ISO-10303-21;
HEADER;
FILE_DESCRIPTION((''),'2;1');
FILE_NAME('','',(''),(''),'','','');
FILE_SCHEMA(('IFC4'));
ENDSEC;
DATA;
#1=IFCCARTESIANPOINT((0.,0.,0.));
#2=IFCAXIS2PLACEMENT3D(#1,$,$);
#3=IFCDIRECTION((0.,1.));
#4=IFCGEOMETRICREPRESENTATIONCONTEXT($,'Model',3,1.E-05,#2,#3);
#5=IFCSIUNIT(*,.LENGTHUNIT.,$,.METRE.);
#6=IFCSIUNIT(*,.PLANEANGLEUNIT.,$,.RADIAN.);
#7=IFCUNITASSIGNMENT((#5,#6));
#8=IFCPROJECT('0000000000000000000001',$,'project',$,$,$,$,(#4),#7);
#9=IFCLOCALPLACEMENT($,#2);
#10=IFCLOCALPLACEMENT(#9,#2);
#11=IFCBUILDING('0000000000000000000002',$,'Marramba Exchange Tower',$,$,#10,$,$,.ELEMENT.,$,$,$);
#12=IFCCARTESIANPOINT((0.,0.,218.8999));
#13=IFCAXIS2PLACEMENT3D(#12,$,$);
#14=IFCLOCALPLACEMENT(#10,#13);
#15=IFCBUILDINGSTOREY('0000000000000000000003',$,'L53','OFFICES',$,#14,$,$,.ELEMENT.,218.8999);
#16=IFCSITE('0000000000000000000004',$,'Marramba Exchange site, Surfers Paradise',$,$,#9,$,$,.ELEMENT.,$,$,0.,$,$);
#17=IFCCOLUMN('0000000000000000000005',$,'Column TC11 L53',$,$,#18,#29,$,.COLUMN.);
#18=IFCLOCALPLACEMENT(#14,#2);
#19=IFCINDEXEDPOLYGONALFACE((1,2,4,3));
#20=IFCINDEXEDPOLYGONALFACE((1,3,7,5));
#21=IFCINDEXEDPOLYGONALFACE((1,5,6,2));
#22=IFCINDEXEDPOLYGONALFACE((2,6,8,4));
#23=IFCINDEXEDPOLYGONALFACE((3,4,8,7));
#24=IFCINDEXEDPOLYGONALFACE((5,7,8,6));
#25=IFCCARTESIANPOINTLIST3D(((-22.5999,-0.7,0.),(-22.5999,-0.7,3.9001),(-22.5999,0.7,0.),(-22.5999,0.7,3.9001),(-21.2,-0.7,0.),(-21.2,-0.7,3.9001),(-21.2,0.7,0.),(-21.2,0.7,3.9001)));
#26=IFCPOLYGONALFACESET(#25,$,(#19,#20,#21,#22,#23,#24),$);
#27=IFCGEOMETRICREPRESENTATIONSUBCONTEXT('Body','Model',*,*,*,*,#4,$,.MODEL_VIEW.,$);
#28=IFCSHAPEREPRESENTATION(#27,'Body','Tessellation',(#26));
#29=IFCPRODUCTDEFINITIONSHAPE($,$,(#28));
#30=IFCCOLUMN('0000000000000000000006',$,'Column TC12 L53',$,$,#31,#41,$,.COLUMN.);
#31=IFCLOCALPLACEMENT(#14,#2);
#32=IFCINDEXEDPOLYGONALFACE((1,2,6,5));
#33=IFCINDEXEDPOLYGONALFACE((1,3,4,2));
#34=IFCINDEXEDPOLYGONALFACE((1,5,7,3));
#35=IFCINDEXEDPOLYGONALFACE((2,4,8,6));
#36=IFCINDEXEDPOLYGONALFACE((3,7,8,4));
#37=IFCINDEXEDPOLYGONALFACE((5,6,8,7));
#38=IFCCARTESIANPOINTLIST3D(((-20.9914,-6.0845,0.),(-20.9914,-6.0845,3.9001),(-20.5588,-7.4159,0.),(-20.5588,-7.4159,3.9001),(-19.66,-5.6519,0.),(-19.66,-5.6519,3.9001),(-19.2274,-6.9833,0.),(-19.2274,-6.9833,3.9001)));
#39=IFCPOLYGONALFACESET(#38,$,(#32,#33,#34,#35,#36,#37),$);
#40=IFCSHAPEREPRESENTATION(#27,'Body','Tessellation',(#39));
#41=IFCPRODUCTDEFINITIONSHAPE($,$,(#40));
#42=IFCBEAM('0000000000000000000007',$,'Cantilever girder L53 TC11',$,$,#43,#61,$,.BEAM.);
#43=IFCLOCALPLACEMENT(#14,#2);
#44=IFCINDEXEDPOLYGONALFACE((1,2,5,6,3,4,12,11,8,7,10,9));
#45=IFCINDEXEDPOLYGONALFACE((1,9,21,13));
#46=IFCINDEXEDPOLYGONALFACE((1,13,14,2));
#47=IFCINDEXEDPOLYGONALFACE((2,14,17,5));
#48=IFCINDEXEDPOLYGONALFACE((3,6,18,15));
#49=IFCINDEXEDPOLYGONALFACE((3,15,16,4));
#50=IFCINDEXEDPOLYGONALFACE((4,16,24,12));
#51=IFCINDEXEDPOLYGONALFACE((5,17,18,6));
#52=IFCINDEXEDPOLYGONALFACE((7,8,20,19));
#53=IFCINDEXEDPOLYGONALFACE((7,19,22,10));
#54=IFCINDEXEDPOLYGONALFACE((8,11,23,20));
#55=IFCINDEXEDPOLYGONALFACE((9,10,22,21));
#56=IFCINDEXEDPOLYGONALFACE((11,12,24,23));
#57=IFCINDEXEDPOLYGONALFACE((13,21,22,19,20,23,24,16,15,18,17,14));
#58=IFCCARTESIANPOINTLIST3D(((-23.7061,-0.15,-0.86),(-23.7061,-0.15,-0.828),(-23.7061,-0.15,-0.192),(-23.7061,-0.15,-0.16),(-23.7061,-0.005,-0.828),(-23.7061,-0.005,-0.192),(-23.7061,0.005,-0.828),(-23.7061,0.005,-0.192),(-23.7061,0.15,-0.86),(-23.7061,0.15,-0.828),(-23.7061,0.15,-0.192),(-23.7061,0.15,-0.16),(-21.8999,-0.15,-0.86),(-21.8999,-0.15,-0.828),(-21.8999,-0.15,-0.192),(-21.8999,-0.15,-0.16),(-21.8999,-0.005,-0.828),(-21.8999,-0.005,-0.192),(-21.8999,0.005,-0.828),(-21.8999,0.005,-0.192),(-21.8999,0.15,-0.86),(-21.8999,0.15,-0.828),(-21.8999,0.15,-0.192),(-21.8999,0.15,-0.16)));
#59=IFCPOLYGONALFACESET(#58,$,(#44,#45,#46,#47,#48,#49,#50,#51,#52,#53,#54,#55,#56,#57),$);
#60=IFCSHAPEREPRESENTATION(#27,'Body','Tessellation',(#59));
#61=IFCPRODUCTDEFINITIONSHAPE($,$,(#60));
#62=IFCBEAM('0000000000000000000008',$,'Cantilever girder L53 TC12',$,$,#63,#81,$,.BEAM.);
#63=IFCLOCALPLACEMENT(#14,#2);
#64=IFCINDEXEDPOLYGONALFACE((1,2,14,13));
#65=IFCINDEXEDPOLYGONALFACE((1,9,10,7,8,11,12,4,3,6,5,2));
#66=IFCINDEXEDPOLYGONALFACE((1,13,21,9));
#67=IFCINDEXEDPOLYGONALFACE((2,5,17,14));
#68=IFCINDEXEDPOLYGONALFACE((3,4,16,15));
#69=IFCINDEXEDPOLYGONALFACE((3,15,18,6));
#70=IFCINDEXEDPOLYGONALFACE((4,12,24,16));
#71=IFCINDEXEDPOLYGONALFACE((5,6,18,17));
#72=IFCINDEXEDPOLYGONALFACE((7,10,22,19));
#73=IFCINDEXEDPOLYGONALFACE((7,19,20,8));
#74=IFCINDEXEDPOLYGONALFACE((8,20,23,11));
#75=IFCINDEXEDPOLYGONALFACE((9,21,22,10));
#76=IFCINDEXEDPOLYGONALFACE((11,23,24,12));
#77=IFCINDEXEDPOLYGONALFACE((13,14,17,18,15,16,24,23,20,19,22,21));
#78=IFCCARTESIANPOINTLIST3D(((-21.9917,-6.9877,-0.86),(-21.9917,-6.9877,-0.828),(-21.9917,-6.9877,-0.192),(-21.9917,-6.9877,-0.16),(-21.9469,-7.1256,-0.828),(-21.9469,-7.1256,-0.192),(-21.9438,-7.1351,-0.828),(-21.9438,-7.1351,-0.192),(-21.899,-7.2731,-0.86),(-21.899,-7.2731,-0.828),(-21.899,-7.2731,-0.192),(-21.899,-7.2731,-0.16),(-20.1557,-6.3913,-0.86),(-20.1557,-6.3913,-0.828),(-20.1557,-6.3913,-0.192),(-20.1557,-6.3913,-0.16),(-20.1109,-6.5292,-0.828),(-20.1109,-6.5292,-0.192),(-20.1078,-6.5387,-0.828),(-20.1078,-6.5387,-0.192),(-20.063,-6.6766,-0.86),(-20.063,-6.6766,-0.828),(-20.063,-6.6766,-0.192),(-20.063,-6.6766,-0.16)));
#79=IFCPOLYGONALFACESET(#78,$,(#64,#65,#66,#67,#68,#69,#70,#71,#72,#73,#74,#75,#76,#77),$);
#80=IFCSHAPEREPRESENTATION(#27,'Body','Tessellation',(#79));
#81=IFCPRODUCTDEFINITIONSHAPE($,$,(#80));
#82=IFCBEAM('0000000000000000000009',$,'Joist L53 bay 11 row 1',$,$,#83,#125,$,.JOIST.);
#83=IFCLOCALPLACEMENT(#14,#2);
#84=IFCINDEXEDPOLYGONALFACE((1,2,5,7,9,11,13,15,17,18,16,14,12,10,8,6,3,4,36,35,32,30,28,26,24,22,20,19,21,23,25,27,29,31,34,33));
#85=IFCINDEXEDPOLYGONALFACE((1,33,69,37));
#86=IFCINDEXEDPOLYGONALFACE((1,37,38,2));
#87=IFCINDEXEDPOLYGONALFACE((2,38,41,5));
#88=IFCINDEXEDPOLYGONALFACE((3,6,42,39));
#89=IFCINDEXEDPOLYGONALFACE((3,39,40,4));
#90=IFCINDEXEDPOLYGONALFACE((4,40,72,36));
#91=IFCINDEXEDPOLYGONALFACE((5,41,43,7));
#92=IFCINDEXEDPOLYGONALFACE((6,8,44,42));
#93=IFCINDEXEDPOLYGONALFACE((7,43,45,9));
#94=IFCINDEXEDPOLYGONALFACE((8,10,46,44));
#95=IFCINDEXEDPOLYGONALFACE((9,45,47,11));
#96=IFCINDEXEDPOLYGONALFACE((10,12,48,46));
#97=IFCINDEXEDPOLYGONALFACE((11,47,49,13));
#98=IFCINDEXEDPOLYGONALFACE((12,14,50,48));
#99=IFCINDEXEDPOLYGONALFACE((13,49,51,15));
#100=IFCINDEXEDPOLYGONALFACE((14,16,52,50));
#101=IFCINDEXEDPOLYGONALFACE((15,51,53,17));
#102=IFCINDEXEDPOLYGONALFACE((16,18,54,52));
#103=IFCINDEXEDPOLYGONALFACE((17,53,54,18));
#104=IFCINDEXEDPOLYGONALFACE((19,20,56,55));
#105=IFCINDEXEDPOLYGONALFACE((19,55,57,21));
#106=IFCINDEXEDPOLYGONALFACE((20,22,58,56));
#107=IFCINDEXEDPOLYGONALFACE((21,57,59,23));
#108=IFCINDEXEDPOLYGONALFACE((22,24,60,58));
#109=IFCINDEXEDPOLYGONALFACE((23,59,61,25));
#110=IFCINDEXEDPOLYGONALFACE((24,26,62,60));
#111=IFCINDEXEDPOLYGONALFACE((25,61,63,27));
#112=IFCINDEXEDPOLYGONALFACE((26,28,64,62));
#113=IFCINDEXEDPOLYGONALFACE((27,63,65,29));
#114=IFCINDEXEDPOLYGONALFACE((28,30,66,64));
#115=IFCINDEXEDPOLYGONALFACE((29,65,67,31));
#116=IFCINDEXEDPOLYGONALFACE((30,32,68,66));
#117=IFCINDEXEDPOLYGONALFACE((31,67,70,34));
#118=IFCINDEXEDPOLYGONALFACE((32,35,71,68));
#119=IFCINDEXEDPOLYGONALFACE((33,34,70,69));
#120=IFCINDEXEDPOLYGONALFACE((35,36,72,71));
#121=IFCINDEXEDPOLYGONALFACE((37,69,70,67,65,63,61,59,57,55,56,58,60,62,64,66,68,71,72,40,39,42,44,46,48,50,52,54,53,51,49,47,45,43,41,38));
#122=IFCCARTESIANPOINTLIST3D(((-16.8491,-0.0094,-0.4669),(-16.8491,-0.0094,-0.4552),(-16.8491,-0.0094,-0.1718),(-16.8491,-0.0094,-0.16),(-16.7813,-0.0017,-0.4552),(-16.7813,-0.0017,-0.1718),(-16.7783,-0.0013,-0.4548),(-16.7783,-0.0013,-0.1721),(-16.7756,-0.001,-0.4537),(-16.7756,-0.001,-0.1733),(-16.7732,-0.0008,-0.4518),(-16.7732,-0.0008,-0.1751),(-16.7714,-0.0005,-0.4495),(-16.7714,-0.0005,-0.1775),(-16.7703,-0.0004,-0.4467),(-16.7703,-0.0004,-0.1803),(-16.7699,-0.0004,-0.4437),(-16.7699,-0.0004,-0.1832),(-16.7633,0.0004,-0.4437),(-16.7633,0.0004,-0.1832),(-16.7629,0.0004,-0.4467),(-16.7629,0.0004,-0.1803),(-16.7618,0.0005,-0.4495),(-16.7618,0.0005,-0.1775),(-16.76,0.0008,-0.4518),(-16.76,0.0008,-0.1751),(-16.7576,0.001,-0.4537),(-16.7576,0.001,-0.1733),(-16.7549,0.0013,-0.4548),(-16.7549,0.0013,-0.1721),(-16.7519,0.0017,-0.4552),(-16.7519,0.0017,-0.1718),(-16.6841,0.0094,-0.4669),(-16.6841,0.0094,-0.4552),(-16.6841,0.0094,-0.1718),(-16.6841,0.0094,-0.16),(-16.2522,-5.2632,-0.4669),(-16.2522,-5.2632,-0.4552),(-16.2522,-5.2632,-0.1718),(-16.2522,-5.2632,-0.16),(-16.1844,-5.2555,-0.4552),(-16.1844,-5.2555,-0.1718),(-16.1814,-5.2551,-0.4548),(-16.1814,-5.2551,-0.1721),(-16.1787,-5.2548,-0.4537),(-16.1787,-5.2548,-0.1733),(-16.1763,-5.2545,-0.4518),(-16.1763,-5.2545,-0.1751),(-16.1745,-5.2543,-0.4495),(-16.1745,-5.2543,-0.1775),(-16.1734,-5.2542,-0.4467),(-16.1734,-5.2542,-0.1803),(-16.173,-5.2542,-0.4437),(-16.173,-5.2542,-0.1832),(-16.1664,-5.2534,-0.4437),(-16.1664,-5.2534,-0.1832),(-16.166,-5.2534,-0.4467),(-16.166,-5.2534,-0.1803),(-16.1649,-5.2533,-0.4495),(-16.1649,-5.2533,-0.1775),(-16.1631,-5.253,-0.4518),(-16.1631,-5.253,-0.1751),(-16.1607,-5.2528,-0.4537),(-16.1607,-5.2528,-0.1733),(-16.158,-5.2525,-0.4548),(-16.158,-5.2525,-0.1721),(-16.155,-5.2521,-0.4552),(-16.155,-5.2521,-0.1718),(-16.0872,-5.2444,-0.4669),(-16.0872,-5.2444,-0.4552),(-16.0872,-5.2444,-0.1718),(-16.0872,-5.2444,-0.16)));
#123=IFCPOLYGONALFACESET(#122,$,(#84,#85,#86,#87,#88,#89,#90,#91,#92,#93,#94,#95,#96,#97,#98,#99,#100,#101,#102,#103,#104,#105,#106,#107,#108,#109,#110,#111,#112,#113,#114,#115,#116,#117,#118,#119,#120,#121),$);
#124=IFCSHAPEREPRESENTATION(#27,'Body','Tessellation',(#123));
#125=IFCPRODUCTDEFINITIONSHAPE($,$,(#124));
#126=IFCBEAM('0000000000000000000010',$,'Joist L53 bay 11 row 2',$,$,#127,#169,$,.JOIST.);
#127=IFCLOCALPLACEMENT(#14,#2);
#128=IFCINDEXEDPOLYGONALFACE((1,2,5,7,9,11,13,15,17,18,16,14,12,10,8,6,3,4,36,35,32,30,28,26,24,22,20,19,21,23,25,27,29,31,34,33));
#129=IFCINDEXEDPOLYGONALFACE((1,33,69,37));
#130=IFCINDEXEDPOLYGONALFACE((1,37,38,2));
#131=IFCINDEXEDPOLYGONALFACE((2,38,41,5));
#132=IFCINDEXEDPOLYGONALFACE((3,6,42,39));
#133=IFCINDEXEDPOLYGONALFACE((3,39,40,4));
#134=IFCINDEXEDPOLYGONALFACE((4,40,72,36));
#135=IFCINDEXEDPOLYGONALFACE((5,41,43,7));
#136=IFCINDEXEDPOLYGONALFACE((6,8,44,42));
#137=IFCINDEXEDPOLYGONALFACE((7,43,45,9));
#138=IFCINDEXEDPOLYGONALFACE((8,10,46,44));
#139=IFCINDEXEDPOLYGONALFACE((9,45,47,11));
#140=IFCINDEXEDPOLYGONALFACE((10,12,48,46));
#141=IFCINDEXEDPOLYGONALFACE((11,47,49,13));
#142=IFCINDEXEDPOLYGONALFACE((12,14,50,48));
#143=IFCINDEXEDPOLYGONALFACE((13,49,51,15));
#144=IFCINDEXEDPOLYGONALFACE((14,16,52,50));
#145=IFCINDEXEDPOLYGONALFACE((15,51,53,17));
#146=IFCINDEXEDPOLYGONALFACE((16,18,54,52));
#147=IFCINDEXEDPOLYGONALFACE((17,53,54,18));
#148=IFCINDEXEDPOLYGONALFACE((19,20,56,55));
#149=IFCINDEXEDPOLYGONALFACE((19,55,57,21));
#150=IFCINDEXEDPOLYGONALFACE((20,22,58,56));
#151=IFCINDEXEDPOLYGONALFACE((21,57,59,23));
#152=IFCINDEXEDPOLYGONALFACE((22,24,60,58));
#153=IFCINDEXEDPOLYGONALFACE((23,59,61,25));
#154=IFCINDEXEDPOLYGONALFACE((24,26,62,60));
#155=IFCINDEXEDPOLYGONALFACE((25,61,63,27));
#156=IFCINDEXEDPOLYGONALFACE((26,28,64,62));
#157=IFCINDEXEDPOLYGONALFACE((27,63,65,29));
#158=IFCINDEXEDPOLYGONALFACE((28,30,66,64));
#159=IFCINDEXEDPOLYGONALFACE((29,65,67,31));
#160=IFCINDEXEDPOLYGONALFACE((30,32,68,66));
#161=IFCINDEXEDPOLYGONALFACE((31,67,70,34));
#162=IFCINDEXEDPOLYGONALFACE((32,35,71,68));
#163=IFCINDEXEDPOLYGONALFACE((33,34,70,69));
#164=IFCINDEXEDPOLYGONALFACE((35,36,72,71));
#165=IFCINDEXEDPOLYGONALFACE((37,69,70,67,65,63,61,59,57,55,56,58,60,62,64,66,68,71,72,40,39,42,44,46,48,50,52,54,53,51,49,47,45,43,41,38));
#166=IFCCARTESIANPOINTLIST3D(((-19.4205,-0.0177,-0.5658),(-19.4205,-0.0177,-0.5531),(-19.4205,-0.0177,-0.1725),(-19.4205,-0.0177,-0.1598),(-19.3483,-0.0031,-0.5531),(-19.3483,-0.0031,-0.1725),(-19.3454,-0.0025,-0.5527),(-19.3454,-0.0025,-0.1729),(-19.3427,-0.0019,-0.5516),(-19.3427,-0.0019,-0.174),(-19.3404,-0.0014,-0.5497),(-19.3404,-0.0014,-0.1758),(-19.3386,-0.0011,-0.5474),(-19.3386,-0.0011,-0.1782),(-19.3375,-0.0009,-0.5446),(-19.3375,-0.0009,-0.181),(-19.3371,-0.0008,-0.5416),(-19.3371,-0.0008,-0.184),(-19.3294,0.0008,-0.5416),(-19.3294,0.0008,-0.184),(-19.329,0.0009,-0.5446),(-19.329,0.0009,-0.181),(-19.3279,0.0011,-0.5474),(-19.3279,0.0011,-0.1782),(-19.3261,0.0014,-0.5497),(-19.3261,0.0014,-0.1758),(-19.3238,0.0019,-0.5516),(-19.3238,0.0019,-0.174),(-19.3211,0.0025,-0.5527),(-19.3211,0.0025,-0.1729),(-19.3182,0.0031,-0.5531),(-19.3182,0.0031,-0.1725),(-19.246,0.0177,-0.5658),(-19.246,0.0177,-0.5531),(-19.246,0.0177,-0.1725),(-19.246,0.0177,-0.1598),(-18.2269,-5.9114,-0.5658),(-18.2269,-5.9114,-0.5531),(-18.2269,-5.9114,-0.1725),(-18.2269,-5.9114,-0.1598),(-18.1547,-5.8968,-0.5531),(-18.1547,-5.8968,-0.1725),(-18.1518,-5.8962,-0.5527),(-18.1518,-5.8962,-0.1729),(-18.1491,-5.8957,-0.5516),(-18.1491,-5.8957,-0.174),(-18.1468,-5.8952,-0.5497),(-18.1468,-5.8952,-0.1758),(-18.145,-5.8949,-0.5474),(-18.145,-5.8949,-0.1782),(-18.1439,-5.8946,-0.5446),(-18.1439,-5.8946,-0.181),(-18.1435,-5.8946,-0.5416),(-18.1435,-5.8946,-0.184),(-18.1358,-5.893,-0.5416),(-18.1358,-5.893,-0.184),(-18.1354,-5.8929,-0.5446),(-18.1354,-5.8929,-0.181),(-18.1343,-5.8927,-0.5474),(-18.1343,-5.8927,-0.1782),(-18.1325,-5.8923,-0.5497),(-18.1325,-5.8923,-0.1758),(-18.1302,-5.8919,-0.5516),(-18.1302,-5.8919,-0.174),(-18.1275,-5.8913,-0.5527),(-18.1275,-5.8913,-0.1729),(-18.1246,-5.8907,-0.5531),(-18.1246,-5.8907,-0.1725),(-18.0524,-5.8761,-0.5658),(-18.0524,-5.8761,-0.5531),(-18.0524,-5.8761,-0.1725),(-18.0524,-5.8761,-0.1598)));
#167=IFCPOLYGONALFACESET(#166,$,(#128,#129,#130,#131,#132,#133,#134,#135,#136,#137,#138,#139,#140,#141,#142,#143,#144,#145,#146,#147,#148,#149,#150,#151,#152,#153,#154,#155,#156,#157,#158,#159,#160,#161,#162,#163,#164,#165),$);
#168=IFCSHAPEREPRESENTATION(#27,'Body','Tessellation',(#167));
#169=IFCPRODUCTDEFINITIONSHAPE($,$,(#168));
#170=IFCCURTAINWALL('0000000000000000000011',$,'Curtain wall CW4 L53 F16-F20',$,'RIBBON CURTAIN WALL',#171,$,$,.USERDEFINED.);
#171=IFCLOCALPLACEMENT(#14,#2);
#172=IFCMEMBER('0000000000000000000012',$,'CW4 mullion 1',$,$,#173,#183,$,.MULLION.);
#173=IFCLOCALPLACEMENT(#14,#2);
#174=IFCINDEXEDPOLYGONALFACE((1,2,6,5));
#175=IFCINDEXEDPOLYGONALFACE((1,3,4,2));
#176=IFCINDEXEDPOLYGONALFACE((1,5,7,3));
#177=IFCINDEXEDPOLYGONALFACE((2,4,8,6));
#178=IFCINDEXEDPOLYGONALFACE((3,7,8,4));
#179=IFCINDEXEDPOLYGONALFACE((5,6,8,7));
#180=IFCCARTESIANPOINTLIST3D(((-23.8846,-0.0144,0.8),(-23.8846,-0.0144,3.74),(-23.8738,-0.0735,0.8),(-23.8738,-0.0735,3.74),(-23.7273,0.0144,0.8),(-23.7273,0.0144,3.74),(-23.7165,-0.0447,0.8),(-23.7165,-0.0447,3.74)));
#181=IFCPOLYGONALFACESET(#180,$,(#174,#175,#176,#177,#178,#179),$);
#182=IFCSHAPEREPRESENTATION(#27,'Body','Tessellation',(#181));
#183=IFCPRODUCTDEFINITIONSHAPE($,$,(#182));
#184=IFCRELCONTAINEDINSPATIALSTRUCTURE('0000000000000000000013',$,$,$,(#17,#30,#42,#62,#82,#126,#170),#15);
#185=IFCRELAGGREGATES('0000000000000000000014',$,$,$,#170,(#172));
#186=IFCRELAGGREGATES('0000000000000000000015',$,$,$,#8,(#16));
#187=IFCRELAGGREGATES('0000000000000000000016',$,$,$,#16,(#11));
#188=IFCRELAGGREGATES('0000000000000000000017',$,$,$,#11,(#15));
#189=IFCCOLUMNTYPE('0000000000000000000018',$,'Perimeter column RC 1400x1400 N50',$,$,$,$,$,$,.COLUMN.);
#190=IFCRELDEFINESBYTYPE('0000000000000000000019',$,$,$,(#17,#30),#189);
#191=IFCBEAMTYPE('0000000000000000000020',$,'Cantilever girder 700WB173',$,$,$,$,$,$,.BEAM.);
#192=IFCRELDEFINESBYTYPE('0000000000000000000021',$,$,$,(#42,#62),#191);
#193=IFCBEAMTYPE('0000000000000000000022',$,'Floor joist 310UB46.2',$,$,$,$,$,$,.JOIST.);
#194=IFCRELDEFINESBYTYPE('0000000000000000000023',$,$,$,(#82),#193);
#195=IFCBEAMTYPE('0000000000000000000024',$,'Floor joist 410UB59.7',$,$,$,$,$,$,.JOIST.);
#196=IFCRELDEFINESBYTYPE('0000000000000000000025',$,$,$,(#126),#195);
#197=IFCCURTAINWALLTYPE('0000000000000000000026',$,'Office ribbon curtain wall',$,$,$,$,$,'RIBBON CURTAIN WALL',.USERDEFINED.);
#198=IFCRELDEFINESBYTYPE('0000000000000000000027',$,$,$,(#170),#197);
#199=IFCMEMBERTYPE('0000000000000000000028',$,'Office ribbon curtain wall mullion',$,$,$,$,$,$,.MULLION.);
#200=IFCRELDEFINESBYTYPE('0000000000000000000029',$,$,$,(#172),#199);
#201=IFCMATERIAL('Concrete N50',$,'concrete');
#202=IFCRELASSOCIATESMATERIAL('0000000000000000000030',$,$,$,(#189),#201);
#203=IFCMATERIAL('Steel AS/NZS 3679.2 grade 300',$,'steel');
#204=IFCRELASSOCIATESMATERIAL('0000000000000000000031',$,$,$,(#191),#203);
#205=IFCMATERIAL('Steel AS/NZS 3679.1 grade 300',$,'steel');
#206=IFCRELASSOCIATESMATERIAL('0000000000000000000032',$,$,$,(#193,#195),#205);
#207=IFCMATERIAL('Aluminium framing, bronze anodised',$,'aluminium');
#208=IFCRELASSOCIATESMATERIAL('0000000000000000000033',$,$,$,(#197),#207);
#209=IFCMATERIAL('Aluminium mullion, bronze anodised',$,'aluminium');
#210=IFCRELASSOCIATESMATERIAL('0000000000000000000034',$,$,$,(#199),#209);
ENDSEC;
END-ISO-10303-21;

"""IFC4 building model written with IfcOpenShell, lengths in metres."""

from ifc_helpers import new_model, si_unit, direction, frame, origin, origin_2d, place, context, subcontext, project, spatial, rectangle, i_section, extrude, material, material_profile, profile_set, type_object, element, aggregate, save


model = new_model("IFC4")

# Units and contexts
model_context = context("Model", 3, precision=1e-05, world=origin(), true_north=direction((0.0, 1.0)))
body_context = subcontext(model_context, "Body", "Model", "MODEL_VIEW")
ifc_project = project(units=[si_unit("LENGTHUNIT", "METRE"), si_unit("PLANEANGLEUNIT", "RADIAN")], contexts=[model_context])

# Site, building, storey
site_placement = place(None, origin())
site = spatial("IfcSite", under=ifc_project, at=site_placement, Name="Marramba Exchange site, Surfers Paradise", CompositionType="ELEMENT", RefElevation=0.0)
building_placement = place(site_placement, origin())
building = spatial("IfcBuilding", under=site, at=building_placement, Name="Marramba Exchange Tower", CompositionType="ELEMENT")
storey_placement = place(building_placement, frame((0.0, 0.0, 218.8999)))
storey = spatial("IfcBuildingStorey", under=building, at=storey_placement, Name="L53", Description="OFFICES", CompositionType="ELEMENT", Elevation=218.8999)

# Columns
ifc_material_1 = material(Name="Concrete N50", Category="concrete")
ifc_material_profile_1 = material_profile(ifc_material_1, rectangle(XDim=1.3999, YDim=1.3999, at=origin_2d()), Name="RC 1400x1400")
ifc_profile_set_1 = profile_set([ifc_material_profile_1], Name="Concrete N50")
column_type = type_object("IfcColumnType", Name="Perimeter column RC 1400x1400 N50", PredefinedType="COLUMN", material=ifc_profile_set_1)
for number, where, z_axis, x_axis, name in (
    (1, (-21.8999, 0.0, 0.0), (0.0, 0.0, 1.0), (-1.0, 0.0, 0.0), "Column TC11 L53"),
    (2, (-20.1094, -6.5339, 0.0), (0.0, 0.0, 1.0), (-0.951057, -0.309017, 0.0), "Column TC12 L53"),
):
    element("IfcColumn", number, at=place(storey_placement, frame(where, z_axis=z_axis, x_axis=x_axis)), inside=storey, type_object=column_type, Name=name, PredefinedType="COLUMN", context=body_context, shape_type="SweptSolid", body=[
        extrude(rectangle(XDim=1.3999, YDim=1.3999, at=origin_2d()), origin(), (0.0, 0.0, 1.0), 3.9001),
    ])

# Beams
ifc_material_2 = material(Name="Steel AS/NZS 3679.2 grade 300", Category="steel")
ifc_material_profile_2 = material_profile(ifc_material_2, i_section(OverallWidth=0.3, OverallDepth=0.7, WebThickness=0.01, FlangeThickness=0.032, at=origin_2d()), Name="700WB173")
ifc_profile_set_2 = profile_set([ifc_material_profile_2], Name="Steel AS/NZS 3679.2 grade 300")
beam_type_1 = type_object("IfcBeamType", Name="Cantilever girder 700WB173", PredefinedType="BEAM", material=ifc_profile_set_2)
beam_1_placement = place(storey_placement, frame((-21.8999, 0.0, -0.51), z_axis=(-1.0, 0.0, 0.0), x_axis=(0.0, -1.0, 0.0)))
element("IfcBeam", 3, at=beam_1_placement, inside=storey, type_object=beam_type_1, Name="Cantilever girder L53 TC11", PredefinedType="BEAM", context=body_context, shape_type="SweptSolid", body=[
    extrude(i_section(OverallWidth=0.3, OverallDepth=0.7, WebThickness=0.01, FlangeThickness=0.032, at=origin_2d()), origin(), (0.0, 0.0, 1.0), 1.8062),
])
beam_2_placement = place(storey_placement, frame((-20.1094, -6.5339, -0.51), z_axis=(-0.951071, -0.308972, 0.0), x_axis=(0.308972, -0.951071, 0.0)))
element("IfcBeam", 4, at=beam_2_placement, inside=storey, type_object=beam_type_1, Name="Cantilever girder L53 TC12", PredefinedType="BEAM", context=body_context, shape_type="SweptSolid", body=[
    extrude(i_section(OverallWidth=0.3, OverallDepth=0.7, WebThickness=0.01, FlangeThickness=0.032, at=origin_2d()), origin(), (0.0, 0.0, 1.0), 1.9304),
])
ifc_material_3 = material(Name="Steel AS/NZS 3679.1 grade 300", Category="steel")
ifc_material_profile_3 = material_profile(ifc_material_3, i_section(OverallWidth=0.166, OverallDepth=0.3069, WebThickness=0.0066, FlangeThickness=0.0117, FilletRadius=0.0115, at=origin_2d()), Name="310UB46.2")
ifc_profile_set_3 = profile_set([ifc_material_profile_3], Name="Steel AS/NZS 3679.1 grade 300")
beam_type_2 = type_object("IfcBeamType", Name="Floor joist 310UB46.2", PredefinedType="JOIST", material=ifc_profile_set_3)
beam_3_placement = place(storey_placement, frame((-16.7666, 0.0, -0.3135), z_axis=(0.112889, -0.993608, 0.0), x_axis=(0.993608, 0.112889, 0.0)))
element("IfcBeam", 5, at=beam_3_placement, inside=storey, type_object=beam_type_2, Name="Joist L53 bay 11 row 1", PredefinedType="JOIST", context=body_context, shape_type="SweptSolid", body=[
    extrude(i_section(OverallWidth=0.166, OverallDepth=0.3069, WebThickness=0.0066, FlangeThickness=0.0117, FilletRadius=0.0115, at=origin_2d()), origin(), (0.0, 0.0, 1.0), 5.2876),
])
ifc_material_profile_4 = material_profile(ifc_material_3, i_section(OverallWidth=0.178, OverallDepth=0.406, WebThickness=0.0078, FlangeThickness=0.0127, FilletRadius=0.0115, at=origin_2d()), Name="410UB59.7")
ifc_profile_set_4 = profile_set([ifc_material_profile_4], Name="Steel AS/NZS 3679.1 grade 300")
beam_type_3 = type_object("IfcBeamType", Name="Floor joist 410UB59.7", PredefinedType="JOIST", material=ifc_profile_set_4)
beam_4_placement = place(storey_placement, frame((-19.3333, 0.0, -0.3628), z_axis=(0.198489, -0.980103, 0.0), x_axis=(0.980103, 0.198489, 0.0)))
element("IfcBeam", 6, at=beam_4_placement, inside=storey, type_object=beam_type_3, Name="Joist L53 bay 11 row 2", PredefinedType="JOIST", context=body_context, shape_type="SweptSolid", body=[
    extrude(i_section(OverallWidth=0.178, OverallDepth=0.406, WebThickness=0.0078, FlangeThickness=0.0127, FilletRadius=0.0115, at=origin_2d()), origin(), (0.0, 0.0, 1.0), 6.0134),
])

# Curtain wall, member
ifc_material_4 = material(Name="Aluminium framing, bronze anodised", Category="aluminium")
curtain_wall_type = type_object("IfcCurtainWallType", Name="Office ribbon curtain wall", ElementType="RIBBON CURTAIN WALL", PredefinedType="USERDEFINED", material=ifc_material_4)
curtain_wall_placement = place(storey_placement, origin())
curtain_wall = element("IfcCurtainWall", 7, at=curtain_wall_placement, inside=storey, type_object=curtain_wall_type, Name="Curtain wall CW4 L53 F16-F20", ObjectType="RIBBON CURTAIN WALL", PredefinedType="USERDEFINED")
ifc_material_5 = material(Name="Aluminium mullion, bronze anodised", Category="aluminium")
ifc_material_profile_5 = material_profile(ifc_material_5, rectangle(XDim=0.1599, YDim=0.0601, at=origin_2d()), Name="CW4 mullion 60x160")
ifc_profile_set_5 = profile_set([ifc_material_profile_5], Name="Aluminium mullion, bronze anodised")
member_type_1 = type_object("IfcMemberType", Name="Office ribbon curtain wall mullion", PredefinedType="MULLION", material=ifc_profile_set_5)
member_1_placement = place(storey_placement, frame((-23.8005, -0.0295, 0.8), z_axis=(0.0, 0.0, 1.0), x_axis=(0.983607, 0.180327, 0.0)))
member_1 = element("IfcMember", 8, at=member_1_placement, type_object=member_type_1, Name="CW4 mullion 1", PredefinedType="MULLION", context=body_context, shape_type="SweptSolid", body=[
    extrude(rectangle(XDim=0.1599, YDim=0.0601, at=origin_2d()), origin(), (0.0, 0.0, 1.0), 2.9399),
])

aggregate(curtain_wall, [member_1])

save(model, "model.ifc")
